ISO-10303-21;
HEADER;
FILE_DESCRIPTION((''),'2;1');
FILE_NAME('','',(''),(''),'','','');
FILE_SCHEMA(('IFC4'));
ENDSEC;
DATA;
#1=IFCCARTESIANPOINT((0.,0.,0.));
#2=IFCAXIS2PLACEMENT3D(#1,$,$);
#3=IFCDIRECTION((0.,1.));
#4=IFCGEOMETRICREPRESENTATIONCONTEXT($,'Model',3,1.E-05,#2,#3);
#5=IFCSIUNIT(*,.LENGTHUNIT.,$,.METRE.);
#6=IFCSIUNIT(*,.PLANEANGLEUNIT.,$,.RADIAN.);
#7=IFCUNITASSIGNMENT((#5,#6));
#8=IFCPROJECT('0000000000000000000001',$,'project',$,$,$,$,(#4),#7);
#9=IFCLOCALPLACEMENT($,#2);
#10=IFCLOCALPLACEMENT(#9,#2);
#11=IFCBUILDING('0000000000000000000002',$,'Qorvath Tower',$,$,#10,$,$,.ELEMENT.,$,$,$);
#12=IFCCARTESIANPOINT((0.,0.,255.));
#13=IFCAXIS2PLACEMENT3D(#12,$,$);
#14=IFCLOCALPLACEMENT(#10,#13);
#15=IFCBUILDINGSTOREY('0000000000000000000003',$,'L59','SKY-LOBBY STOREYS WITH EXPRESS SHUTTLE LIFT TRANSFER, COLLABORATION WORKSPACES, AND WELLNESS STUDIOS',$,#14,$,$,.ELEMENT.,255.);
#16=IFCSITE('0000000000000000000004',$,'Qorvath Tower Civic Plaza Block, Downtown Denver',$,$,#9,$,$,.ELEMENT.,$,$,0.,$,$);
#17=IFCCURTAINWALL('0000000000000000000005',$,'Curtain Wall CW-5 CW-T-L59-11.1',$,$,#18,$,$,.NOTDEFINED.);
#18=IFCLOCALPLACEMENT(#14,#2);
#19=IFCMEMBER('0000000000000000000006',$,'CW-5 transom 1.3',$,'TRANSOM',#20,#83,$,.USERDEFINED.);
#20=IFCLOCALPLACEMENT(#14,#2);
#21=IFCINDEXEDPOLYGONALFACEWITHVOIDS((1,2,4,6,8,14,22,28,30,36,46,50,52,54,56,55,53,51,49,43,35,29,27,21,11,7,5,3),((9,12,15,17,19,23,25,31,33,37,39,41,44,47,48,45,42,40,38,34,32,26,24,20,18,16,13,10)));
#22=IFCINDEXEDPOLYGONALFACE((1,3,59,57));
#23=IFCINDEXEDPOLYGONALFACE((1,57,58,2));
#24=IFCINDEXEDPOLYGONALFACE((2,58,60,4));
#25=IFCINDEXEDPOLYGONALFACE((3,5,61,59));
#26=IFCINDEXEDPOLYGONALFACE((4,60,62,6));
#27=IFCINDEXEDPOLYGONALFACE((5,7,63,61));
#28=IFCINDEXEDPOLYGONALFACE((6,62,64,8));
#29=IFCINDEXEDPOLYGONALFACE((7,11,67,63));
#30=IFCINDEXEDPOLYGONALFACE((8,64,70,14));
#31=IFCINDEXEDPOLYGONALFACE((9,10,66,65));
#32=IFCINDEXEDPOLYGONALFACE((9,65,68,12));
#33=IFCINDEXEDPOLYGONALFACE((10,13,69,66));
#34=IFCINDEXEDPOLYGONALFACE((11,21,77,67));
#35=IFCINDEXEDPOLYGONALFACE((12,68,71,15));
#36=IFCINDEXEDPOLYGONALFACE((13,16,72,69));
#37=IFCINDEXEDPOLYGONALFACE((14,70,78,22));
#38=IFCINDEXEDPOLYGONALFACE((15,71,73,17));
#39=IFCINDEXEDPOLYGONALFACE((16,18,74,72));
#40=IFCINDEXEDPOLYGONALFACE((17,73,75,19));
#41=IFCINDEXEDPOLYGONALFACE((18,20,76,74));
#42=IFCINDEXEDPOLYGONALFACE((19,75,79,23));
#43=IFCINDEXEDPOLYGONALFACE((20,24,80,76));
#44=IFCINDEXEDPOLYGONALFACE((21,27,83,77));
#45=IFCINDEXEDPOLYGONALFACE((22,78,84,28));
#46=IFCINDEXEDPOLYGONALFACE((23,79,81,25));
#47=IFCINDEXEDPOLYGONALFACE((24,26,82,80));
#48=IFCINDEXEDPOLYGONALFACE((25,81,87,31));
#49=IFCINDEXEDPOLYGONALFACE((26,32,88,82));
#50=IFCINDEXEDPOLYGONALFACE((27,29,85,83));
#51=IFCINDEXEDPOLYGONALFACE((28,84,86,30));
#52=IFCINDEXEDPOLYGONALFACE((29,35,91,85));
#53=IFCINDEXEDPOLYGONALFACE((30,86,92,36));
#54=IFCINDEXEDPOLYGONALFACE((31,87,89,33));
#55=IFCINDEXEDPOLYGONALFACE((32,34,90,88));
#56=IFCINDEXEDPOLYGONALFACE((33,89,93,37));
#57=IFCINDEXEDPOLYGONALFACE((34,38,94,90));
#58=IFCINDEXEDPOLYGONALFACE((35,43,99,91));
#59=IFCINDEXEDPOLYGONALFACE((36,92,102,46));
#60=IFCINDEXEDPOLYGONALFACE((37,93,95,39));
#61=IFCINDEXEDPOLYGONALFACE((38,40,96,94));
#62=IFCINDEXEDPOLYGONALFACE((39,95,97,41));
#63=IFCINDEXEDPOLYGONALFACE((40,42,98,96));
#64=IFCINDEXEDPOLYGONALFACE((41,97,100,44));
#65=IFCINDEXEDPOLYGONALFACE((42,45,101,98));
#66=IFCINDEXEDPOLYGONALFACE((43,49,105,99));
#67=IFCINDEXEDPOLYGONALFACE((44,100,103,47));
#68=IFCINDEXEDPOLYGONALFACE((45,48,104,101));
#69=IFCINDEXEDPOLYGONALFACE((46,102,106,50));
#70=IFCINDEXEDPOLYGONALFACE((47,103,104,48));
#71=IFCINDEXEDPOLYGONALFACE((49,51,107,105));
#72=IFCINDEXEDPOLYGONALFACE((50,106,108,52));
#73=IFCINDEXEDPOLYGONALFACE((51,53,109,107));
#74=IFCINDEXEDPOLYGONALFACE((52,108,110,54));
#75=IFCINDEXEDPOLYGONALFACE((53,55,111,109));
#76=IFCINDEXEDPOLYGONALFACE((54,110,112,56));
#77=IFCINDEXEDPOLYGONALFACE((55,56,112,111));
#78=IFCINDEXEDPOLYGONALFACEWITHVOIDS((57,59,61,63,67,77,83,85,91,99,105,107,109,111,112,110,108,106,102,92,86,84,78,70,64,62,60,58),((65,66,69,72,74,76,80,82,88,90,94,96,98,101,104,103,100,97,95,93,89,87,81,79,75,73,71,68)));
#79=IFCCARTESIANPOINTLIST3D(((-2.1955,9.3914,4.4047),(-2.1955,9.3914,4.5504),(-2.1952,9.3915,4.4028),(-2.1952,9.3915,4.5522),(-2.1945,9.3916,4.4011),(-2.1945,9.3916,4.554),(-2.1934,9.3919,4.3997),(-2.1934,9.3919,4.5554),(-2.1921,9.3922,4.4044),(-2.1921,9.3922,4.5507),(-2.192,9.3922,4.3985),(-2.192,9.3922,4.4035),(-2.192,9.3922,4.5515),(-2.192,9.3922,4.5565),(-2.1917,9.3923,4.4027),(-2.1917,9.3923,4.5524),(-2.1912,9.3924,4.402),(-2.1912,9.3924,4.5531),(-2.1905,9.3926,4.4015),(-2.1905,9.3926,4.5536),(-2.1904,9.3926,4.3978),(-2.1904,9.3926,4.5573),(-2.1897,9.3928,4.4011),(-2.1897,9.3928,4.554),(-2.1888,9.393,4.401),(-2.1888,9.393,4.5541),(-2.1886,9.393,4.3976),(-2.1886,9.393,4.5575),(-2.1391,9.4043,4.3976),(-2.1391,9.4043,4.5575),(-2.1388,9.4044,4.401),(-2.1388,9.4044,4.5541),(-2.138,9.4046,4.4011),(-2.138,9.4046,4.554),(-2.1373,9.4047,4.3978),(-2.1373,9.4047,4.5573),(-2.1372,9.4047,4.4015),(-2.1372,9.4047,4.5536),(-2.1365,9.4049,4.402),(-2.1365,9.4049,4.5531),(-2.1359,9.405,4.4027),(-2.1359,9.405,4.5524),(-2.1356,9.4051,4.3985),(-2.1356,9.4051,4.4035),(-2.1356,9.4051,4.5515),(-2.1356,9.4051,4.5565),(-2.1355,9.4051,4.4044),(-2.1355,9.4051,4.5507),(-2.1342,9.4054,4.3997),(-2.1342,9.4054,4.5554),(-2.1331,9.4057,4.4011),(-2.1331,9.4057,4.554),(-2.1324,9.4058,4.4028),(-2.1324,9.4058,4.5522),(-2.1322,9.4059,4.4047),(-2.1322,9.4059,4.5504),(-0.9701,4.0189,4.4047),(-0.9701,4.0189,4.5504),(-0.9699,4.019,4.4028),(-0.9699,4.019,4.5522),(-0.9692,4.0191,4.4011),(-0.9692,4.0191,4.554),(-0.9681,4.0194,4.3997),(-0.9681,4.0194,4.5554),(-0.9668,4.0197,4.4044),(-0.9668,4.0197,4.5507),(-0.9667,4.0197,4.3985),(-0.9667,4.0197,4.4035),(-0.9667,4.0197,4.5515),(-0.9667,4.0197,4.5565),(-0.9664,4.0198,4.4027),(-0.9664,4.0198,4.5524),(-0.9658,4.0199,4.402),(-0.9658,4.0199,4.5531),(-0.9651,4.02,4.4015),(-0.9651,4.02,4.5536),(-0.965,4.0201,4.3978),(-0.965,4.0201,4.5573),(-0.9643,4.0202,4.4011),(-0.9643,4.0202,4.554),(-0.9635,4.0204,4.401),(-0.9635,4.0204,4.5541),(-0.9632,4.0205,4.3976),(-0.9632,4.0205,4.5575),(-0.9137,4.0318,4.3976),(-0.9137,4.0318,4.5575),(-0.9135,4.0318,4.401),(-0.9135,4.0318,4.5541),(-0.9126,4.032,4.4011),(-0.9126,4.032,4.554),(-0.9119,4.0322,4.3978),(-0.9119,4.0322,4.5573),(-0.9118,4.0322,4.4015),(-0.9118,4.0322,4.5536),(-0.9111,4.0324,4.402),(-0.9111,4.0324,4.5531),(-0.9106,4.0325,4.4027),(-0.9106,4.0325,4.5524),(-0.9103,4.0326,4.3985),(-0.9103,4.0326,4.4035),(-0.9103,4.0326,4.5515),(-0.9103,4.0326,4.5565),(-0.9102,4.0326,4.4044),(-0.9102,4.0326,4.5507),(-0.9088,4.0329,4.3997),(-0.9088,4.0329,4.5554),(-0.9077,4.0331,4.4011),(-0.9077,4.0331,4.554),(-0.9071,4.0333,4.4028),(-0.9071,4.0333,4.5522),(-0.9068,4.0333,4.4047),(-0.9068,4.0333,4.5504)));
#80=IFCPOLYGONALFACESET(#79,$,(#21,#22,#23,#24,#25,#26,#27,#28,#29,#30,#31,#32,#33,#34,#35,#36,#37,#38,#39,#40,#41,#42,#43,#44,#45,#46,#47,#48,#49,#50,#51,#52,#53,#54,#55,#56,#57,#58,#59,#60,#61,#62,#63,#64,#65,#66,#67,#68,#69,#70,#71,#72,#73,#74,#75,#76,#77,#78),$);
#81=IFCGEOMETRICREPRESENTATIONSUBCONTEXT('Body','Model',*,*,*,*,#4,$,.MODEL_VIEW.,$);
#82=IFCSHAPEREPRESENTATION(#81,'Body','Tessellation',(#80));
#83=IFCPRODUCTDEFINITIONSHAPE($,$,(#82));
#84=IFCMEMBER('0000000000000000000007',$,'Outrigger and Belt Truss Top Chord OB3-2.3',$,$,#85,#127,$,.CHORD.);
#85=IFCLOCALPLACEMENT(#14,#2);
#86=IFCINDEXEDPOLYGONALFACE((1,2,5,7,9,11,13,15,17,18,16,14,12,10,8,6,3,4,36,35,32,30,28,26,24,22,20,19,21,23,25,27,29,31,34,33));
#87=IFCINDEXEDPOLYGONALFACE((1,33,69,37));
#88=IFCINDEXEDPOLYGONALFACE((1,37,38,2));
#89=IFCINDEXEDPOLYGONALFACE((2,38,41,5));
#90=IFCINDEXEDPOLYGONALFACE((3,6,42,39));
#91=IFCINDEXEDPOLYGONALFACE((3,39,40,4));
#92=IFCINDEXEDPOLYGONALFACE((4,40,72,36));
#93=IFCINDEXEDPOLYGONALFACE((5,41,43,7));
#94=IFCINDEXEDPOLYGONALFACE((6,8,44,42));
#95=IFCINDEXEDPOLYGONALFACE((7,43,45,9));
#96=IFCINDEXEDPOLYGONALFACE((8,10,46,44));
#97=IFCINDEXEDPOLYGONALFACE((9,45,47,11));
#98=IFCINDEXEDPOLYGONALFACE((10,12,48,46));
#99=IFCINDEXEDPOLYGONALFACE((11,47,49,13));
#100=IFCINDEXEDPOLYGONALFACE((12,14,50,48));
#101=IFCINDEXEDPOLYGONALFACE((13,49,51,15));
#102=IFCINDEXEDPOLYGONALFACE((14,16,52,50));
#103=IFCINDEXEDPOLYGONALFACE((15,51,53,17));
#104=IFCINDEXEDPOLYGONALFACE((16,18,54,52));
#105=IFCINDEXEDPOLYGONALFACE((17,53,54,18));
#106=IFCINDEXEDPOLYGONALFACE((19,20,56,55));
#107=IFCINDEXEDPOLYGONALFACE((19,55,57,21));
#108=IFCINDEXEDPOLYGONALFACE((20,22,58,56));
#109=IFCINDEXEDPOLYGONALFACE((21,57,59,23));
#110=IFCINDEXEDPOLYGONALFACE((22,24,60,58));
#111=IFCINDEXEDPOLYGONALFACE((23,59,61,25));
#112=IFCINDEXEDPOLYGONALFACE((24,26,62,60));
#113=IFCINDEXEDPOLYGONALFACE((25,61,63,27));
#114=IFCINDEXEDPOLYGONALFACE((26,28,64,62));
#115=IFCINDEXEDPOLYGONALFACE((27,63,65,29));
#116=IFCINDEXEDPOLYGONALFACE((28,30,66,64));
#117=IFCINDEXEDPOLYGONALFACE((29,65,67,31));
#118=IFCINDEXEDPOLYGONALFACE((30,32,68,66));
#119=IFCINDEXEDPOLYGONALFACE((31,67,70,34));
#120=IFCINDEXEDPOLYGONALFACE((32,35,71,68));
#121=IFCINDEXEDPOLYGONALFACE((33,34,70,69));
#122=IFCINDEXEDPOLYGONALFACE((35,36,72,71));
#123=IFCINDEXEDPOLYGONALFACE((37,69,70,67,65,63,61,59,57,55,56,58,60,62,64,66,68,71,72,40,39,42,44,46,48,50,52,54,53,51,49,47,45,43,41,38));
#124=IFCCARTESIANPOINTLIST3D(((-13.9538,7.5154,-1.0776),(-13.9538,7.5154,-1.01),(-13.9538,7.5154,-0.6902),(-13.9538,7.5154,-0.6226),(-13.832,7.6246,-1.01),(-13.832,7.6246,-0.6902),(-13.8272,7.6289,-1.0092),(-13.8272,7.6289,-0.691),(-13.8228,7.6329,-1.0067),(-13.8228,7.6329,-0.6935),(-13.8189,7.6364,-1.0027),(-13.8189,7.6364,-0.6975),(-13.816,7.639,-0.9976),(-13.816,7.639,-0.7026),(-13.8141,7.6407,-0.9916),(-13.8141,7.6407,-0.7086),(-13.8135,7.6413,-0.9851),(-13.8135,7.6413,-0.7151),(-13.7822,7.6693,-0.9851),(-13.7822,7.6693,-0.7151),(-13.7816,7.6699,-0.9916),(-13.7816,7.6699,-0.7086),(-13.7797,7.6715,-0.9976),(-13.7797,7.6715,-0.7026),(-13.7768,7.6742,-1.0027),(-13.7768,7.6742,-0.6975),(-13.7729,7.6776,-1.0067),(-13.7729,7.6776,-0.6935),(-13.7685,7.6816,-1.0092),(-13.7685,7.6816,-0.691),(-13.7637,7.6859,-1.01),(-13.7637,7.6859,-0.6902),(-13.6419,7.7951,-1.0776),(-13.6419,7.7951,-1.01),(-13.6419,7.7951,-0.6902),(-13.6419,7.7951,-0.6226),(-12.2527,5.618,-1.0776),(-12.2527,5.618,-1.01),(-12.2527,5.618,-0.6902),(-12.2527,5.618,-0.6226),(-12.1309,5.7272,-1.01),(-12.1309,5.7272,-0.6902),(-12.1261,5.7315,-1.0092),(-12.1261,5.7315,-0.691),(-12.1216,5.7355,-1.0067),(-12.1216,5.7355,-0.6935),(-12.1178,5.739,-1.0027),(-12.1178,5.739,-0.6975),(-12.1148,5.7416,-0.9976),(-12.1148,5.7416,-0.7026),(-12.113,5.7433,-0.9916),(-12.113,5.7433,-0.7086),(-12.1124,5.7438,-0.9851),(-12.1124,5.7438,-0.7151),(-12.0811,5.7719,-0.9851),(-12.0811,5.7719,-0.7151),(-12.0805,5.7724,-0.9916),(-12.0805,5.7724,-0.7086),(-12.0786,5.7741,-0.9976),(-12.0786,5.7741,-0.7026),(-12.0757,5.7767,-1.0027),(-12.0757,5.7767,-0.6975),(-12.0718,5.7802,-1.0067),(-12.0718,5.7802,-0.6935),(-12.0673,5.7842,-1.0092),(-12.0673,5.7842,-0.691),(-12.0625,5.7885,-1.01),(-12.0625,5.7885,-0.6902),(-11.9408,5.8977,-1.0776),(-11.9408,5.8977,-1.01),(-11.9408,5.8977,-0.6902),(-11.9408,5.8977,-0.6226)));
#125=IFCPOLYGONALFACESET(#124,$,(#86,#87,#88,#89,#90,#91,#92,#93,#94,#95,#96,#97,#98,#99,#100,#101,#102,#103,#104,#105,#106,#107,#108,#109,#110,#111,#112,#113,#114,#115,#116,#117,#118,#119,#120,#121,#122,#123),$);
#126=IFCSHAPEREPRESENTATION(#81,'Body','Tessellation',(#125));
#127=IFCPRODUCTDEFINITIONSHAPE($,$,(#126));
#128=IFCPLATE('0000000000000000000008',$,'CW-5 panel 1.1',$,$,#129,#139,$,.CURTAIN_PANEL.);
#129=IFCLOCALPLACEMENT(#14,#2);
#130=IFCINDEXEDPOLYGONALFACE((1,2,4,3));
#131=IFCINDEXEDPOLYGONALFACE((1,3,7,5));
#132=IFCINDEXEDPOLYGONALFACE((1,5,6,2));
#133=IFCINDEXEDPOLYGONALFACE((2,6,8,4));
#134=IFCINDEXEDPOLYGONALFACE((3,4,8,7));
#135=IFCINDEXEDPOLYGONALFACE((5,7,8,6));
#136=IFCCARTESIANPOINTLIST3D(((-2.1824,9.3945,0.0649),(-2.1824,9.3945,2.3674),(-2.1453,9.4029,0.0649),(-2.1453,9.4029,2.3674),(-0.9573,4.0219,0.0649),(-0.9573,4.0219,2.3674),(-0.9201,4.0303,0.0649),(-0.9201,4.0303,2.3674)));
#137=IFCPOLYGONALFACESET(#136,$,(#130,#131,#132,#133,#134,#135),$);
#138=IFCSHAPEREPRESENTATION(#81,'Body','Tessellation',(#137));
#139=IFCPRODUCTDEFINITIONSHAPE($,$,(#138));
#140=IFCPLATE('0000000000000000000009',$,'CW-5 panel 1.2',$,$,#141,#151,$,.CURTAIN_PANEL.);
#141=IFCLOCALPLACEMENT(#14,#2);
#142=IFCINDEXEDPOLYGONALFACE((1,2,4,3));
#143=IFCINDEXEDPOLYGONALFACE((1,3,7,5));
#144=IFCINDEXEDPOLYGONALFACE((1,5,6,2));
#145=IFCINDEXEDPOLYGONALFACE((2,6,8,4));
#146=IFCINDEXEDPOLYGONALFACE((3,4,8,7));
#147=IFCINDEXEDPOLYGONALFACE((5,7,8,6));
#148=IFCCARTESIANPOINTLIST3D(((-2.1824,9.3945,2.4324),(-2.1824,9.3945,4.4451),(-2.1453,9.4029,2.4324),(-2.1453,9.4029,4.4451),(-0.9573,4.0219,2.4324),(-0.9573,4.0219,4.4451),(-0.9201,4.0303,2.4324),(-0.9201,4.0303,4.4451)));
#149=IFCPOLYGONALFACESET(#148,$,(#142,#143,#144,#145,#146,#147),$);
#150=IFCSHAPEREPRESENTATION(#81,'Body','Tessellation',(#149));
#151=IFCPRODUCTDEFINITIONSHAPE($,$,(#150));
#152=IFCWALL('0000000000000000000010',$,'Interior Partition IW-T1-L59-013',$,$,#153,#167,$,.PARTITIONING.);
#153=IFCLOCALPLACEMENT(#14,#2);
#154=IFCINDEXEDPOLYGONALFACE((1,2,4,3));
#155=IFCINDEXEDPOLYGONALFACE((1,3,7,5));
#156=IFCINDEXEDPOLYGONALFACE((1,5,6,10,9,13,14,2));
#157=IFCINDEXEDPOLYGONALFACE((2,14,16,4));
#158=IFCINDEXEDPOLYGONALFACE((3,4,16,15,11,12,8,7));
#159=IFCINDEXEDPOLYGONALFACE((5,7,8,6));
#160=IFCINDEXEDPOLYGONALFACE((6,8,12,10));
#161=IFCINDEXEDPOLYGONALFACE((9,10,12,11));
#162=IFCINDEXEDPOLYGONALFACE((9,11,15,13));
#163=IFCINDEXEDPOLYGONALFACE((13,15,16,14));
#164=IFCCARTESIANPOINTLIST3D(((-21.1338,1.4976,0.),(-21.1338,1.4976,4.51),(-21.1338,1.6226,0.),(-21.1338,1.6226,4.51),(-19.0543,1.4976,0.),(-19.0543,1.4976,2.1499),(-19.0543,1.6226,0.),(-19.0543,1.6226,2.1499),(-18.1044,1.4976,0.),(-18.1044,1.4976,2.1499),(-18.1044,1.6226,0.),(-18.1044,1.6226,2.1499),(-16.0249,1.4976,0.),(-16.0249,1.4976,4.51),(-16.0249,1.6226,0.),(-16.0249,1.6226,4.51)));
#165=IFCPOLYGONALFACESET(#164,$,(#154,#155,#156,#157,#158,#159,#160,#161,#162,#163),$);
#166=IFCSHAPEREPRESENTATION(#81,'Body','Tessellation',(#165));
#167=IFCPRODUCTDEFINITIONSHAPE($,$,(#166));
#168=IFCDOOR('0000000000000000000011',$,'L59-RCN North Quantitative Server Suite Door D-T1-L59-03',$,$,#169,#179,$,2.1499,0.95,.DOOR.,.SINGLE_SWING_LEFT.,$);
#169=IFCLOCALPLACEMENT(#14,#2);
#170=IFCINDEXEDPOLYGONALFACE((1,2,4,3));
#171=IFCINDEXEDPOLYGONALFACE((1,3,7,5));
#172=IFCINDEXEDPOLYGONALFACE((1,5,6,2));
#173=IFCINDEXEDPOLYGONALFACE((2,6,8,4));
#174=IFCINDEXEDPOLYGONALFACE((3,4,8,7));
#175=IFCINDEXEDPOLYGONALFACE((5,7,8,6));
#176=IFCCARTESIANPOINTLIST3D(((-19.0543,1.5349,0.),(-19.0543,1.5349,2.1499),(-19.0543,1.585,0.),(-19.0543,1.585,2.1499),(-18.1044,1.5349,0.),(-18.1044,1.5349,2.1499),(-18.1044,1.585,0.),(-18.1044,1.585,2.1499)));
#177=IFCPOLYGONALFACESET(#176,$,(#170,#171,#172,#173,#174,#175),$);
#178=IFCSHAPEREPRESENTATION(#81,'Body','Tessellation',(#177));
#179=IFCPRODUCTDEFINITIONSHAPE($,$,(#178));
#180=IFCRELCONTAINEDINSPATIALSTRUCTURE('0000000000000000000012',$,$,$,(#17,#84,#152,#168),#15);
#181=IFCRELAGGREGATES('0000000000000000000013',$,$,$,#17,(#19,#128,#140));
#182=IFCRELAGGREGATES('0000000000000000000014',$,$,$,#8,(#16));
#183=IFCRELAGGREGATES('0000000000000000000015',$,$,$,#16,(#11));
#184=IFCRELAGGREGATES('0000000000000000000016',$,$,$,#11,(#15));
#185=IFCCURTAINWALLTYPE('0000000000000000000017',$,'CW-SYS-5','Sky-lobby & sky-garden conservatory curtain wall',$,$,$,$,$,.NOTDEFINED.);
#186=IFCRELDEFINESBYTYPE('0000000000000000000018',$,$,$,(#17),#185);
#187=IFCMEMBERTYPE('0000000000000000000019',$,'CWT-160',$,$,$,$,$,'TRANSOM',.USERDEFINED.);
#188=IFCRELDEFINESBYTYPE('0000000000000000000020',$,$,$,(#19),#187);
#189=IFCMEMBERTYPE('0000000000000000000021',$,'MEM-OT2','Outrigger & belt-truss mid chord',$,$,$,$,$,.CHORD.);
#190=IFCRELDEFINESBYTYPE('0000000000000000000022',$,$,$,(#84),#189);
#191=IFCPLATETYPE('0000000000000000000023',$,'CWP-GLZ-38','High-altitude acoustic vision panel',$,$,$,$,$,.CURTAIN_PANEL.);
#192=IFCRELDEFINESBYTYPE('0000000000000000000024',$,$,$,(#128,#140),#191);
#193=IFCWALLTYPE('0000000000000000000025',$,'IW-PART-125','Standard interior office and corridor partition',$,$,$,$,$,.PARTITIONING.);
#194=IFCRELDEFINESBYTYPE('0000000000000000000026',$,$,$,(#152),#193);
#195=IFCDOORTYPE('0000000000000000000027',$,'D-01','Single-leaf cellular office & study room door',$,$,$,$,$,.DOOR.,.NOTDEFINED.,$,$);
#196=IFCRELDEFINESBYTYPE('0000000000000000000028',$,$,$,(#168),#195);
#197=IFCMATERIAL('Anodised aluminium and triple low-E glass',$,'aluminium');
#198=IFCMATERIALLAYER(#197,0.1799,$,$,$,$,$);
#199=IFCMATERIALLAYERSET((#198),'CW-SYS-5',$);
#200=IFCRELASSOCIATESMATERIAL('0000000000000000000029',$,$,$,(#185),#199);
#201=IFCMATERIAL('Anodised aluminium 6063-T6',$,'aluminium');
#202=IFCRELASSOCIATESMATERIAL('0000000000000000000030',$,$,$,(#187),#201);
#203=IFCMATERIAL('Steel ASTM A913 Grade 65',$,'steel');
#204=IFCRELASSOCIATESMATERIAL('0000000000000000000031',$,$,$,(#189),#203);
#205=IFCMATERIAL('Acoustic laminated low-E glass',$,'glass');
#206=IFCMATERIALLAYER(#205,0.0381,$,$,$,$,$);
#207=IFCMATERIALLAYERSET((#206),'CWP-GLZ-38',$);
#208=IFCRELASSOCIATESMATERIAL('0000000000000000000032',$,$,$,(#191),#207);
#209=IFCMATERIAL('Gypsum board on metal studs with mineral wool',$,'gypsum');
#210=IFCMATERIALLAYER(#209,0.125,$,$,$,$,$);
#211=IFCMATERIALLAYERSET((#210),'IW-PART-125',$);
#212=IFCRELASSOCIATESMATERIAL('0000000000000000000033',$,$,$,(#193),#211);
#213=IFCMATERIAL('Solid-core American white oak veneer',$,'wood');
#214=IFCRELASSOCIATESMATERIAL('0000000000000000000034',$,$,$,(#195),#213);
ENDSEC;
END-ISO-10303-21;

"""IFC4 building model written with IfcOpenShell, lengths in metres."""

from ifc_helpers import new_model, si_unit, direction, frame, frame_2d, origin, origin_2d, place, context, subcontext, project, spatial, rectangle, hollow_rectangle, i_section, extrude, material, layer, layer_set, material_profile, profile_set, type_object, element, fill, aggregate, save


model = new_model("IFC4")

# Units and contexts
model_context = context("Model", 3, precision=1e-05, world=origin(), true_north=direction((0.0, 1.0)))
body_context = subcontext(model_context, "Body", "Model", "MODEL_VIEW")
ifc_project = project(units=[si_unit("LENGTHUNIT", "METRE"), si_unit("PLANEANGLEUNIT", "RADIAN")], contexts=[model_context])

# Site, building, storey
site_placement = place(None, origin())
site = spatial("IfcSite", under=ifc_project, at=site_placement, Name="Qorvath Tower Civic Plaza Block, Downtown Denver", CompositionType="ELEMENT", RefElevation=0.0)
building_placement = place(site_placement, origin())
building = spatial("IfcBuilding", under=site, at=building_placement, Name="Qorvath Tower", CompositionType="ELEMENT")
storey_placement = place(building_placement, frame((0.0, 0.0, 255.0)))
storey = spatial("IfcBuildingStorey", under=building, at=storey_placement, Name="L59", Description="SKY-LOBBY STOREYS WITH EXPRESS SHUTTLE LIFT TRANSFER, COLLABORATION WORKSPACES, AND WELLNESS STUDIOS", CompositionType="ELEMENT", Elevation=255.0)

# Shared definitions
ifc_material_1 = material(Name="Anodised aluminium and triple low-E glass", Category="aluminium")
ifc_layer_1 = layer(ifc_material_1, 0.1799)
ifc_layer_set_1 = layer_set([ifc_layer_1], Name="CW-SYS-5")
curtain_wall_type = type_object("IfcCurtainWallType", Name="CW-SYS-5", Description="Sky-lobby & sky-garden conservatory curtain wall", PredefinedType="NOTDEFINED", material=ifc_layer_set_1)

# Curtain wall, member
curtain_wall_1_placement = place(storey_placement, origin())
curtain_wall_1 = element("IfcCurtainWall", 1, at=curtain_wall_1_placement, inside=storey, type_object=curtain_wall_type, Name="Curtain Wall CW-5 CW-T-L59-11.1", PredefinedType="NOTDEFINED")
ifc_material_2 = material(Name="Anodised aluminium 6063-T6", Category="aluminium")
ifc_material_profile_1 = material_profile(ifc_material_2, hollow_rectangle(XDim=0.0649, YDim=0.1599, WallThickness=0.0034, InnerFilletRadius=0.0034, OuterFilletRadius=0.0071, at=origin_2d()), Name="CWT 160x65")
ifc_profile_set_1 = profile_set([ifc_material_profile_1], Name="Anodised aluminium 6063-T6")
member_type_1 = type_object("IfcMemberType", Name="CWT-160", ElementType="TRANSOM", PredefinedType="USERDEFINED", material=ifc_profile_set_1)
member_1_placement = place(storey_placement, frame((-0.9385, 4.0261, 4.4775), z_axis=(-0.222364, 0.974964, 0.0), x_axis=(-0.974964, -0.222364, 0.0)))
member_1 = element("IfcMember", 2, at=member_1_placement, type_object=member_type_1, Name="CW-5 transom 1.3", ObjectType="TRANSOM", PredefinedType="USERDEFINED", context=body_context, shape_type="SweptSolid", body=[
    extrude(hollow_rectangle(XDim=0.0649, YDim=0.1599, WallThickness=0.0034, InnerFilletRadius=0.0034, OuterFilletRadius=0.0071, at=origin_2d()), origin(), (0.0, 0.0, 1.0), 5.5105),
])

# Member
ifc_material_3 = material(Name="Steel ASTM A913 Grade 65", Category="steel")
ifc_material_profile_2 = material_profile(ifc_material_3, i_section(OverallWidth=0.4189, OverallDepth=0.4551, WebThickness=0.042, FlangeThickness=0.0676, FilletRadius=0.0249, at=origin_2d()), Name="W14x370")
ifc_profile_set_2 = profile_set([ifc_material_profile_2], Name="Steel ASTM A913 Grade 65")
member_type_2 = type_object("IfcMemberType", Name="MEM-OT2", Description="Outrigger & belt-truss mid chord", PredefinedType="CHORD", material=ifc_profile_set_2)
member_2_placement = place(storey_placement, frame((-13.7979, 7.6553, -0.8501), z_axis=(0.667545, -0.744569, 0.0), x_axis=(0.744569, 0.667545, 0.0)))
element("IfcMember", 3, at=member_2_placement, inside=storey, type_object=member_type_2, Name="Outrigger and Belt Truss Top Chord OB3-2.3", PredefinedType="CHORD", context=body_context, shape_type="SweptSolid", body=[
    extrude(i_section(OverallWidth=0.4189, OverallDepth=0.4551, WebThickness=0.042, FlangeThickness=0.0676, FilletRadius=0.0249, at=origin_2d()), origin(), (0.0, 0.0, 1.0), 2.5483),
])

# Plates
ifc_material_4 = material(Name="Acoustic laminated low-E glass", Category="glass")
ifc_layer_2 = layer(ifc_material_4, 0.0381)
ifc_layer_set_2 = layer_set([ifc_layer_2], Name="CWP-GLZ-38")
plate_type = type_object("IfcPlateType", Name="CWP-GLZ-38", Description="High-altitude acoustic vision panel", PredefinedType="CURTAIN_PANEL", material=ifc_layer_set_2)
plate_1_placement = place(storey_placement, frame((-1.5513, 6.7124, 0.0649), z_axis=(0.0, 0.0, 1.0), x_axis=(-0.222331, 0.974971, 0.0)))
plate_1 = element("IfcPlate", 4, at=plate_1_placement, type_object=plate_type, Name="CW-5 panel 1.1", PredefinedType="CURTAIN_PANEL", context=body_context, shape_type="SweptSolid", body=[
    extrude(rectangle(XDim=5.5105, YDim=0.0381, at=origin_2d()), origin(), (0.0, 0.0, 1.0), 2.3025),
])
plate_2_placement = place(storey_placement, frame((-1.5513, 6.7124, 2.4324), z_axis=(0.0, 0.0, 1.0), x_axis=(-0.222331, 0.974971, 0.0)))
plate_2 = element("IfcPlate", 5, at=plate_2_placement, type_object=plate_type, Name="CW-5 panel 1.2", PredefinedType="CURTAIN_PANEL", context=body_context, shape_type="SweptSolid", body=[
    extrude(rectangle(XDim=5.5105, YDim=0.0381, at=origin_2d()), origin(), (0.0, 0.0, 1.0), 2.0127),
])
aggregate(curtain_wall_1, [member_1, plate_1, plate_2])

# Wall, opening, door
ifc_material_5 = material(Name="Gypsum board on metal studs with mineral wool", Category="gypsum")
ifc_layer_3 = layer(ifc_material_5, 0.125)
ifc_layer_set_3 = layer_set([ifc_layer_3], Name="IW-PART-125")
wall_type_1 = type_object("IfcWallType", Name="IW-PART-125", Description="Standard interior office and corridor partition", PredefinedType="PARTITIONING", material=ifc_layer_set_3)
wall_1_placement = place(storey_placement, frame((-21.1338, 1.5601, 0.0), z_axis=(0.0, 0.0, 1.0), x_axis=(1.0, 0.0, 0.0)))
wall_1 = element("IfcWall", 6, at=wall_1_placement, inside=storey, type_object=wall_type_1, Name="Interior Partition IW-T1-L59-013", PredefinedType="PARTITIONING", context=body_context, shape_type="SweptSolid", body=[
    extrude(rectangle(XDim=5.1089, YDim=0.125, at=frame_2d((2.5544, 0.0))), origin(), (0.0, 0.0, 1.0), 4.51),
])
opening_1_placement = place(wall_1_placement, frame((2.0793, 0.0, 0.0)))
opening_1 = element("IfcOpeningElement", 7, at=opening_1_placement, cuts=wall_1, PredefinedType="OPENING", context=body_context, shape_type="SweptSolid", body=[
    extrude(rectangle(XDim=0.95, YDim=2.1499, at=frame_2d((0.4751, 1.075))), frame((0.0, 0.0725, 0.0), z_axis=(0.0, -1.0, 0.0), x_axis=(1.0, 0.0, 0.0)), (0.0, 0.0, 1.0), 0.145),
])
ifc_material_6 = material(Name="Solid-core American white oak veneer", Category="wood")
door_type_1 = type_object("IfcDoorType", Name="D-01", Description="Single-leaf cellular office & study room door", OperationType="NOTDEFINED", PredefinedType="DOOR", material=ifc_material_6)
door_1_placement = place(opening_1_placement, origin())
door_1 = element("IfcDoor", 8, at=door_1_placement, inside=storey, type_object=door_type_1, Name="L59-RCN North Quantitative Server Suite Door D-T1-L59-03", OperationType="SINGLE_SWING_LEFT", OverallHeight=2.1499, OverallWidth=0.95, PredefinedType="DOOR", context=body_context, shape_type="SweptSolid", body=[
    extrude(rectangle(XDim=0.95, YDim=2.1499, at=frame_2d((0.4751, 1.075))), frame((0.0, 0.0249, 0.0), z_axis=(0.0, -1.0, 0.0), x_axis=(1.0, 0.0, 0.0)), (0.0, 0.0, 1.0), 0.05),
])
fill(opening_1, door_1)

save(model, "model.ifc")
